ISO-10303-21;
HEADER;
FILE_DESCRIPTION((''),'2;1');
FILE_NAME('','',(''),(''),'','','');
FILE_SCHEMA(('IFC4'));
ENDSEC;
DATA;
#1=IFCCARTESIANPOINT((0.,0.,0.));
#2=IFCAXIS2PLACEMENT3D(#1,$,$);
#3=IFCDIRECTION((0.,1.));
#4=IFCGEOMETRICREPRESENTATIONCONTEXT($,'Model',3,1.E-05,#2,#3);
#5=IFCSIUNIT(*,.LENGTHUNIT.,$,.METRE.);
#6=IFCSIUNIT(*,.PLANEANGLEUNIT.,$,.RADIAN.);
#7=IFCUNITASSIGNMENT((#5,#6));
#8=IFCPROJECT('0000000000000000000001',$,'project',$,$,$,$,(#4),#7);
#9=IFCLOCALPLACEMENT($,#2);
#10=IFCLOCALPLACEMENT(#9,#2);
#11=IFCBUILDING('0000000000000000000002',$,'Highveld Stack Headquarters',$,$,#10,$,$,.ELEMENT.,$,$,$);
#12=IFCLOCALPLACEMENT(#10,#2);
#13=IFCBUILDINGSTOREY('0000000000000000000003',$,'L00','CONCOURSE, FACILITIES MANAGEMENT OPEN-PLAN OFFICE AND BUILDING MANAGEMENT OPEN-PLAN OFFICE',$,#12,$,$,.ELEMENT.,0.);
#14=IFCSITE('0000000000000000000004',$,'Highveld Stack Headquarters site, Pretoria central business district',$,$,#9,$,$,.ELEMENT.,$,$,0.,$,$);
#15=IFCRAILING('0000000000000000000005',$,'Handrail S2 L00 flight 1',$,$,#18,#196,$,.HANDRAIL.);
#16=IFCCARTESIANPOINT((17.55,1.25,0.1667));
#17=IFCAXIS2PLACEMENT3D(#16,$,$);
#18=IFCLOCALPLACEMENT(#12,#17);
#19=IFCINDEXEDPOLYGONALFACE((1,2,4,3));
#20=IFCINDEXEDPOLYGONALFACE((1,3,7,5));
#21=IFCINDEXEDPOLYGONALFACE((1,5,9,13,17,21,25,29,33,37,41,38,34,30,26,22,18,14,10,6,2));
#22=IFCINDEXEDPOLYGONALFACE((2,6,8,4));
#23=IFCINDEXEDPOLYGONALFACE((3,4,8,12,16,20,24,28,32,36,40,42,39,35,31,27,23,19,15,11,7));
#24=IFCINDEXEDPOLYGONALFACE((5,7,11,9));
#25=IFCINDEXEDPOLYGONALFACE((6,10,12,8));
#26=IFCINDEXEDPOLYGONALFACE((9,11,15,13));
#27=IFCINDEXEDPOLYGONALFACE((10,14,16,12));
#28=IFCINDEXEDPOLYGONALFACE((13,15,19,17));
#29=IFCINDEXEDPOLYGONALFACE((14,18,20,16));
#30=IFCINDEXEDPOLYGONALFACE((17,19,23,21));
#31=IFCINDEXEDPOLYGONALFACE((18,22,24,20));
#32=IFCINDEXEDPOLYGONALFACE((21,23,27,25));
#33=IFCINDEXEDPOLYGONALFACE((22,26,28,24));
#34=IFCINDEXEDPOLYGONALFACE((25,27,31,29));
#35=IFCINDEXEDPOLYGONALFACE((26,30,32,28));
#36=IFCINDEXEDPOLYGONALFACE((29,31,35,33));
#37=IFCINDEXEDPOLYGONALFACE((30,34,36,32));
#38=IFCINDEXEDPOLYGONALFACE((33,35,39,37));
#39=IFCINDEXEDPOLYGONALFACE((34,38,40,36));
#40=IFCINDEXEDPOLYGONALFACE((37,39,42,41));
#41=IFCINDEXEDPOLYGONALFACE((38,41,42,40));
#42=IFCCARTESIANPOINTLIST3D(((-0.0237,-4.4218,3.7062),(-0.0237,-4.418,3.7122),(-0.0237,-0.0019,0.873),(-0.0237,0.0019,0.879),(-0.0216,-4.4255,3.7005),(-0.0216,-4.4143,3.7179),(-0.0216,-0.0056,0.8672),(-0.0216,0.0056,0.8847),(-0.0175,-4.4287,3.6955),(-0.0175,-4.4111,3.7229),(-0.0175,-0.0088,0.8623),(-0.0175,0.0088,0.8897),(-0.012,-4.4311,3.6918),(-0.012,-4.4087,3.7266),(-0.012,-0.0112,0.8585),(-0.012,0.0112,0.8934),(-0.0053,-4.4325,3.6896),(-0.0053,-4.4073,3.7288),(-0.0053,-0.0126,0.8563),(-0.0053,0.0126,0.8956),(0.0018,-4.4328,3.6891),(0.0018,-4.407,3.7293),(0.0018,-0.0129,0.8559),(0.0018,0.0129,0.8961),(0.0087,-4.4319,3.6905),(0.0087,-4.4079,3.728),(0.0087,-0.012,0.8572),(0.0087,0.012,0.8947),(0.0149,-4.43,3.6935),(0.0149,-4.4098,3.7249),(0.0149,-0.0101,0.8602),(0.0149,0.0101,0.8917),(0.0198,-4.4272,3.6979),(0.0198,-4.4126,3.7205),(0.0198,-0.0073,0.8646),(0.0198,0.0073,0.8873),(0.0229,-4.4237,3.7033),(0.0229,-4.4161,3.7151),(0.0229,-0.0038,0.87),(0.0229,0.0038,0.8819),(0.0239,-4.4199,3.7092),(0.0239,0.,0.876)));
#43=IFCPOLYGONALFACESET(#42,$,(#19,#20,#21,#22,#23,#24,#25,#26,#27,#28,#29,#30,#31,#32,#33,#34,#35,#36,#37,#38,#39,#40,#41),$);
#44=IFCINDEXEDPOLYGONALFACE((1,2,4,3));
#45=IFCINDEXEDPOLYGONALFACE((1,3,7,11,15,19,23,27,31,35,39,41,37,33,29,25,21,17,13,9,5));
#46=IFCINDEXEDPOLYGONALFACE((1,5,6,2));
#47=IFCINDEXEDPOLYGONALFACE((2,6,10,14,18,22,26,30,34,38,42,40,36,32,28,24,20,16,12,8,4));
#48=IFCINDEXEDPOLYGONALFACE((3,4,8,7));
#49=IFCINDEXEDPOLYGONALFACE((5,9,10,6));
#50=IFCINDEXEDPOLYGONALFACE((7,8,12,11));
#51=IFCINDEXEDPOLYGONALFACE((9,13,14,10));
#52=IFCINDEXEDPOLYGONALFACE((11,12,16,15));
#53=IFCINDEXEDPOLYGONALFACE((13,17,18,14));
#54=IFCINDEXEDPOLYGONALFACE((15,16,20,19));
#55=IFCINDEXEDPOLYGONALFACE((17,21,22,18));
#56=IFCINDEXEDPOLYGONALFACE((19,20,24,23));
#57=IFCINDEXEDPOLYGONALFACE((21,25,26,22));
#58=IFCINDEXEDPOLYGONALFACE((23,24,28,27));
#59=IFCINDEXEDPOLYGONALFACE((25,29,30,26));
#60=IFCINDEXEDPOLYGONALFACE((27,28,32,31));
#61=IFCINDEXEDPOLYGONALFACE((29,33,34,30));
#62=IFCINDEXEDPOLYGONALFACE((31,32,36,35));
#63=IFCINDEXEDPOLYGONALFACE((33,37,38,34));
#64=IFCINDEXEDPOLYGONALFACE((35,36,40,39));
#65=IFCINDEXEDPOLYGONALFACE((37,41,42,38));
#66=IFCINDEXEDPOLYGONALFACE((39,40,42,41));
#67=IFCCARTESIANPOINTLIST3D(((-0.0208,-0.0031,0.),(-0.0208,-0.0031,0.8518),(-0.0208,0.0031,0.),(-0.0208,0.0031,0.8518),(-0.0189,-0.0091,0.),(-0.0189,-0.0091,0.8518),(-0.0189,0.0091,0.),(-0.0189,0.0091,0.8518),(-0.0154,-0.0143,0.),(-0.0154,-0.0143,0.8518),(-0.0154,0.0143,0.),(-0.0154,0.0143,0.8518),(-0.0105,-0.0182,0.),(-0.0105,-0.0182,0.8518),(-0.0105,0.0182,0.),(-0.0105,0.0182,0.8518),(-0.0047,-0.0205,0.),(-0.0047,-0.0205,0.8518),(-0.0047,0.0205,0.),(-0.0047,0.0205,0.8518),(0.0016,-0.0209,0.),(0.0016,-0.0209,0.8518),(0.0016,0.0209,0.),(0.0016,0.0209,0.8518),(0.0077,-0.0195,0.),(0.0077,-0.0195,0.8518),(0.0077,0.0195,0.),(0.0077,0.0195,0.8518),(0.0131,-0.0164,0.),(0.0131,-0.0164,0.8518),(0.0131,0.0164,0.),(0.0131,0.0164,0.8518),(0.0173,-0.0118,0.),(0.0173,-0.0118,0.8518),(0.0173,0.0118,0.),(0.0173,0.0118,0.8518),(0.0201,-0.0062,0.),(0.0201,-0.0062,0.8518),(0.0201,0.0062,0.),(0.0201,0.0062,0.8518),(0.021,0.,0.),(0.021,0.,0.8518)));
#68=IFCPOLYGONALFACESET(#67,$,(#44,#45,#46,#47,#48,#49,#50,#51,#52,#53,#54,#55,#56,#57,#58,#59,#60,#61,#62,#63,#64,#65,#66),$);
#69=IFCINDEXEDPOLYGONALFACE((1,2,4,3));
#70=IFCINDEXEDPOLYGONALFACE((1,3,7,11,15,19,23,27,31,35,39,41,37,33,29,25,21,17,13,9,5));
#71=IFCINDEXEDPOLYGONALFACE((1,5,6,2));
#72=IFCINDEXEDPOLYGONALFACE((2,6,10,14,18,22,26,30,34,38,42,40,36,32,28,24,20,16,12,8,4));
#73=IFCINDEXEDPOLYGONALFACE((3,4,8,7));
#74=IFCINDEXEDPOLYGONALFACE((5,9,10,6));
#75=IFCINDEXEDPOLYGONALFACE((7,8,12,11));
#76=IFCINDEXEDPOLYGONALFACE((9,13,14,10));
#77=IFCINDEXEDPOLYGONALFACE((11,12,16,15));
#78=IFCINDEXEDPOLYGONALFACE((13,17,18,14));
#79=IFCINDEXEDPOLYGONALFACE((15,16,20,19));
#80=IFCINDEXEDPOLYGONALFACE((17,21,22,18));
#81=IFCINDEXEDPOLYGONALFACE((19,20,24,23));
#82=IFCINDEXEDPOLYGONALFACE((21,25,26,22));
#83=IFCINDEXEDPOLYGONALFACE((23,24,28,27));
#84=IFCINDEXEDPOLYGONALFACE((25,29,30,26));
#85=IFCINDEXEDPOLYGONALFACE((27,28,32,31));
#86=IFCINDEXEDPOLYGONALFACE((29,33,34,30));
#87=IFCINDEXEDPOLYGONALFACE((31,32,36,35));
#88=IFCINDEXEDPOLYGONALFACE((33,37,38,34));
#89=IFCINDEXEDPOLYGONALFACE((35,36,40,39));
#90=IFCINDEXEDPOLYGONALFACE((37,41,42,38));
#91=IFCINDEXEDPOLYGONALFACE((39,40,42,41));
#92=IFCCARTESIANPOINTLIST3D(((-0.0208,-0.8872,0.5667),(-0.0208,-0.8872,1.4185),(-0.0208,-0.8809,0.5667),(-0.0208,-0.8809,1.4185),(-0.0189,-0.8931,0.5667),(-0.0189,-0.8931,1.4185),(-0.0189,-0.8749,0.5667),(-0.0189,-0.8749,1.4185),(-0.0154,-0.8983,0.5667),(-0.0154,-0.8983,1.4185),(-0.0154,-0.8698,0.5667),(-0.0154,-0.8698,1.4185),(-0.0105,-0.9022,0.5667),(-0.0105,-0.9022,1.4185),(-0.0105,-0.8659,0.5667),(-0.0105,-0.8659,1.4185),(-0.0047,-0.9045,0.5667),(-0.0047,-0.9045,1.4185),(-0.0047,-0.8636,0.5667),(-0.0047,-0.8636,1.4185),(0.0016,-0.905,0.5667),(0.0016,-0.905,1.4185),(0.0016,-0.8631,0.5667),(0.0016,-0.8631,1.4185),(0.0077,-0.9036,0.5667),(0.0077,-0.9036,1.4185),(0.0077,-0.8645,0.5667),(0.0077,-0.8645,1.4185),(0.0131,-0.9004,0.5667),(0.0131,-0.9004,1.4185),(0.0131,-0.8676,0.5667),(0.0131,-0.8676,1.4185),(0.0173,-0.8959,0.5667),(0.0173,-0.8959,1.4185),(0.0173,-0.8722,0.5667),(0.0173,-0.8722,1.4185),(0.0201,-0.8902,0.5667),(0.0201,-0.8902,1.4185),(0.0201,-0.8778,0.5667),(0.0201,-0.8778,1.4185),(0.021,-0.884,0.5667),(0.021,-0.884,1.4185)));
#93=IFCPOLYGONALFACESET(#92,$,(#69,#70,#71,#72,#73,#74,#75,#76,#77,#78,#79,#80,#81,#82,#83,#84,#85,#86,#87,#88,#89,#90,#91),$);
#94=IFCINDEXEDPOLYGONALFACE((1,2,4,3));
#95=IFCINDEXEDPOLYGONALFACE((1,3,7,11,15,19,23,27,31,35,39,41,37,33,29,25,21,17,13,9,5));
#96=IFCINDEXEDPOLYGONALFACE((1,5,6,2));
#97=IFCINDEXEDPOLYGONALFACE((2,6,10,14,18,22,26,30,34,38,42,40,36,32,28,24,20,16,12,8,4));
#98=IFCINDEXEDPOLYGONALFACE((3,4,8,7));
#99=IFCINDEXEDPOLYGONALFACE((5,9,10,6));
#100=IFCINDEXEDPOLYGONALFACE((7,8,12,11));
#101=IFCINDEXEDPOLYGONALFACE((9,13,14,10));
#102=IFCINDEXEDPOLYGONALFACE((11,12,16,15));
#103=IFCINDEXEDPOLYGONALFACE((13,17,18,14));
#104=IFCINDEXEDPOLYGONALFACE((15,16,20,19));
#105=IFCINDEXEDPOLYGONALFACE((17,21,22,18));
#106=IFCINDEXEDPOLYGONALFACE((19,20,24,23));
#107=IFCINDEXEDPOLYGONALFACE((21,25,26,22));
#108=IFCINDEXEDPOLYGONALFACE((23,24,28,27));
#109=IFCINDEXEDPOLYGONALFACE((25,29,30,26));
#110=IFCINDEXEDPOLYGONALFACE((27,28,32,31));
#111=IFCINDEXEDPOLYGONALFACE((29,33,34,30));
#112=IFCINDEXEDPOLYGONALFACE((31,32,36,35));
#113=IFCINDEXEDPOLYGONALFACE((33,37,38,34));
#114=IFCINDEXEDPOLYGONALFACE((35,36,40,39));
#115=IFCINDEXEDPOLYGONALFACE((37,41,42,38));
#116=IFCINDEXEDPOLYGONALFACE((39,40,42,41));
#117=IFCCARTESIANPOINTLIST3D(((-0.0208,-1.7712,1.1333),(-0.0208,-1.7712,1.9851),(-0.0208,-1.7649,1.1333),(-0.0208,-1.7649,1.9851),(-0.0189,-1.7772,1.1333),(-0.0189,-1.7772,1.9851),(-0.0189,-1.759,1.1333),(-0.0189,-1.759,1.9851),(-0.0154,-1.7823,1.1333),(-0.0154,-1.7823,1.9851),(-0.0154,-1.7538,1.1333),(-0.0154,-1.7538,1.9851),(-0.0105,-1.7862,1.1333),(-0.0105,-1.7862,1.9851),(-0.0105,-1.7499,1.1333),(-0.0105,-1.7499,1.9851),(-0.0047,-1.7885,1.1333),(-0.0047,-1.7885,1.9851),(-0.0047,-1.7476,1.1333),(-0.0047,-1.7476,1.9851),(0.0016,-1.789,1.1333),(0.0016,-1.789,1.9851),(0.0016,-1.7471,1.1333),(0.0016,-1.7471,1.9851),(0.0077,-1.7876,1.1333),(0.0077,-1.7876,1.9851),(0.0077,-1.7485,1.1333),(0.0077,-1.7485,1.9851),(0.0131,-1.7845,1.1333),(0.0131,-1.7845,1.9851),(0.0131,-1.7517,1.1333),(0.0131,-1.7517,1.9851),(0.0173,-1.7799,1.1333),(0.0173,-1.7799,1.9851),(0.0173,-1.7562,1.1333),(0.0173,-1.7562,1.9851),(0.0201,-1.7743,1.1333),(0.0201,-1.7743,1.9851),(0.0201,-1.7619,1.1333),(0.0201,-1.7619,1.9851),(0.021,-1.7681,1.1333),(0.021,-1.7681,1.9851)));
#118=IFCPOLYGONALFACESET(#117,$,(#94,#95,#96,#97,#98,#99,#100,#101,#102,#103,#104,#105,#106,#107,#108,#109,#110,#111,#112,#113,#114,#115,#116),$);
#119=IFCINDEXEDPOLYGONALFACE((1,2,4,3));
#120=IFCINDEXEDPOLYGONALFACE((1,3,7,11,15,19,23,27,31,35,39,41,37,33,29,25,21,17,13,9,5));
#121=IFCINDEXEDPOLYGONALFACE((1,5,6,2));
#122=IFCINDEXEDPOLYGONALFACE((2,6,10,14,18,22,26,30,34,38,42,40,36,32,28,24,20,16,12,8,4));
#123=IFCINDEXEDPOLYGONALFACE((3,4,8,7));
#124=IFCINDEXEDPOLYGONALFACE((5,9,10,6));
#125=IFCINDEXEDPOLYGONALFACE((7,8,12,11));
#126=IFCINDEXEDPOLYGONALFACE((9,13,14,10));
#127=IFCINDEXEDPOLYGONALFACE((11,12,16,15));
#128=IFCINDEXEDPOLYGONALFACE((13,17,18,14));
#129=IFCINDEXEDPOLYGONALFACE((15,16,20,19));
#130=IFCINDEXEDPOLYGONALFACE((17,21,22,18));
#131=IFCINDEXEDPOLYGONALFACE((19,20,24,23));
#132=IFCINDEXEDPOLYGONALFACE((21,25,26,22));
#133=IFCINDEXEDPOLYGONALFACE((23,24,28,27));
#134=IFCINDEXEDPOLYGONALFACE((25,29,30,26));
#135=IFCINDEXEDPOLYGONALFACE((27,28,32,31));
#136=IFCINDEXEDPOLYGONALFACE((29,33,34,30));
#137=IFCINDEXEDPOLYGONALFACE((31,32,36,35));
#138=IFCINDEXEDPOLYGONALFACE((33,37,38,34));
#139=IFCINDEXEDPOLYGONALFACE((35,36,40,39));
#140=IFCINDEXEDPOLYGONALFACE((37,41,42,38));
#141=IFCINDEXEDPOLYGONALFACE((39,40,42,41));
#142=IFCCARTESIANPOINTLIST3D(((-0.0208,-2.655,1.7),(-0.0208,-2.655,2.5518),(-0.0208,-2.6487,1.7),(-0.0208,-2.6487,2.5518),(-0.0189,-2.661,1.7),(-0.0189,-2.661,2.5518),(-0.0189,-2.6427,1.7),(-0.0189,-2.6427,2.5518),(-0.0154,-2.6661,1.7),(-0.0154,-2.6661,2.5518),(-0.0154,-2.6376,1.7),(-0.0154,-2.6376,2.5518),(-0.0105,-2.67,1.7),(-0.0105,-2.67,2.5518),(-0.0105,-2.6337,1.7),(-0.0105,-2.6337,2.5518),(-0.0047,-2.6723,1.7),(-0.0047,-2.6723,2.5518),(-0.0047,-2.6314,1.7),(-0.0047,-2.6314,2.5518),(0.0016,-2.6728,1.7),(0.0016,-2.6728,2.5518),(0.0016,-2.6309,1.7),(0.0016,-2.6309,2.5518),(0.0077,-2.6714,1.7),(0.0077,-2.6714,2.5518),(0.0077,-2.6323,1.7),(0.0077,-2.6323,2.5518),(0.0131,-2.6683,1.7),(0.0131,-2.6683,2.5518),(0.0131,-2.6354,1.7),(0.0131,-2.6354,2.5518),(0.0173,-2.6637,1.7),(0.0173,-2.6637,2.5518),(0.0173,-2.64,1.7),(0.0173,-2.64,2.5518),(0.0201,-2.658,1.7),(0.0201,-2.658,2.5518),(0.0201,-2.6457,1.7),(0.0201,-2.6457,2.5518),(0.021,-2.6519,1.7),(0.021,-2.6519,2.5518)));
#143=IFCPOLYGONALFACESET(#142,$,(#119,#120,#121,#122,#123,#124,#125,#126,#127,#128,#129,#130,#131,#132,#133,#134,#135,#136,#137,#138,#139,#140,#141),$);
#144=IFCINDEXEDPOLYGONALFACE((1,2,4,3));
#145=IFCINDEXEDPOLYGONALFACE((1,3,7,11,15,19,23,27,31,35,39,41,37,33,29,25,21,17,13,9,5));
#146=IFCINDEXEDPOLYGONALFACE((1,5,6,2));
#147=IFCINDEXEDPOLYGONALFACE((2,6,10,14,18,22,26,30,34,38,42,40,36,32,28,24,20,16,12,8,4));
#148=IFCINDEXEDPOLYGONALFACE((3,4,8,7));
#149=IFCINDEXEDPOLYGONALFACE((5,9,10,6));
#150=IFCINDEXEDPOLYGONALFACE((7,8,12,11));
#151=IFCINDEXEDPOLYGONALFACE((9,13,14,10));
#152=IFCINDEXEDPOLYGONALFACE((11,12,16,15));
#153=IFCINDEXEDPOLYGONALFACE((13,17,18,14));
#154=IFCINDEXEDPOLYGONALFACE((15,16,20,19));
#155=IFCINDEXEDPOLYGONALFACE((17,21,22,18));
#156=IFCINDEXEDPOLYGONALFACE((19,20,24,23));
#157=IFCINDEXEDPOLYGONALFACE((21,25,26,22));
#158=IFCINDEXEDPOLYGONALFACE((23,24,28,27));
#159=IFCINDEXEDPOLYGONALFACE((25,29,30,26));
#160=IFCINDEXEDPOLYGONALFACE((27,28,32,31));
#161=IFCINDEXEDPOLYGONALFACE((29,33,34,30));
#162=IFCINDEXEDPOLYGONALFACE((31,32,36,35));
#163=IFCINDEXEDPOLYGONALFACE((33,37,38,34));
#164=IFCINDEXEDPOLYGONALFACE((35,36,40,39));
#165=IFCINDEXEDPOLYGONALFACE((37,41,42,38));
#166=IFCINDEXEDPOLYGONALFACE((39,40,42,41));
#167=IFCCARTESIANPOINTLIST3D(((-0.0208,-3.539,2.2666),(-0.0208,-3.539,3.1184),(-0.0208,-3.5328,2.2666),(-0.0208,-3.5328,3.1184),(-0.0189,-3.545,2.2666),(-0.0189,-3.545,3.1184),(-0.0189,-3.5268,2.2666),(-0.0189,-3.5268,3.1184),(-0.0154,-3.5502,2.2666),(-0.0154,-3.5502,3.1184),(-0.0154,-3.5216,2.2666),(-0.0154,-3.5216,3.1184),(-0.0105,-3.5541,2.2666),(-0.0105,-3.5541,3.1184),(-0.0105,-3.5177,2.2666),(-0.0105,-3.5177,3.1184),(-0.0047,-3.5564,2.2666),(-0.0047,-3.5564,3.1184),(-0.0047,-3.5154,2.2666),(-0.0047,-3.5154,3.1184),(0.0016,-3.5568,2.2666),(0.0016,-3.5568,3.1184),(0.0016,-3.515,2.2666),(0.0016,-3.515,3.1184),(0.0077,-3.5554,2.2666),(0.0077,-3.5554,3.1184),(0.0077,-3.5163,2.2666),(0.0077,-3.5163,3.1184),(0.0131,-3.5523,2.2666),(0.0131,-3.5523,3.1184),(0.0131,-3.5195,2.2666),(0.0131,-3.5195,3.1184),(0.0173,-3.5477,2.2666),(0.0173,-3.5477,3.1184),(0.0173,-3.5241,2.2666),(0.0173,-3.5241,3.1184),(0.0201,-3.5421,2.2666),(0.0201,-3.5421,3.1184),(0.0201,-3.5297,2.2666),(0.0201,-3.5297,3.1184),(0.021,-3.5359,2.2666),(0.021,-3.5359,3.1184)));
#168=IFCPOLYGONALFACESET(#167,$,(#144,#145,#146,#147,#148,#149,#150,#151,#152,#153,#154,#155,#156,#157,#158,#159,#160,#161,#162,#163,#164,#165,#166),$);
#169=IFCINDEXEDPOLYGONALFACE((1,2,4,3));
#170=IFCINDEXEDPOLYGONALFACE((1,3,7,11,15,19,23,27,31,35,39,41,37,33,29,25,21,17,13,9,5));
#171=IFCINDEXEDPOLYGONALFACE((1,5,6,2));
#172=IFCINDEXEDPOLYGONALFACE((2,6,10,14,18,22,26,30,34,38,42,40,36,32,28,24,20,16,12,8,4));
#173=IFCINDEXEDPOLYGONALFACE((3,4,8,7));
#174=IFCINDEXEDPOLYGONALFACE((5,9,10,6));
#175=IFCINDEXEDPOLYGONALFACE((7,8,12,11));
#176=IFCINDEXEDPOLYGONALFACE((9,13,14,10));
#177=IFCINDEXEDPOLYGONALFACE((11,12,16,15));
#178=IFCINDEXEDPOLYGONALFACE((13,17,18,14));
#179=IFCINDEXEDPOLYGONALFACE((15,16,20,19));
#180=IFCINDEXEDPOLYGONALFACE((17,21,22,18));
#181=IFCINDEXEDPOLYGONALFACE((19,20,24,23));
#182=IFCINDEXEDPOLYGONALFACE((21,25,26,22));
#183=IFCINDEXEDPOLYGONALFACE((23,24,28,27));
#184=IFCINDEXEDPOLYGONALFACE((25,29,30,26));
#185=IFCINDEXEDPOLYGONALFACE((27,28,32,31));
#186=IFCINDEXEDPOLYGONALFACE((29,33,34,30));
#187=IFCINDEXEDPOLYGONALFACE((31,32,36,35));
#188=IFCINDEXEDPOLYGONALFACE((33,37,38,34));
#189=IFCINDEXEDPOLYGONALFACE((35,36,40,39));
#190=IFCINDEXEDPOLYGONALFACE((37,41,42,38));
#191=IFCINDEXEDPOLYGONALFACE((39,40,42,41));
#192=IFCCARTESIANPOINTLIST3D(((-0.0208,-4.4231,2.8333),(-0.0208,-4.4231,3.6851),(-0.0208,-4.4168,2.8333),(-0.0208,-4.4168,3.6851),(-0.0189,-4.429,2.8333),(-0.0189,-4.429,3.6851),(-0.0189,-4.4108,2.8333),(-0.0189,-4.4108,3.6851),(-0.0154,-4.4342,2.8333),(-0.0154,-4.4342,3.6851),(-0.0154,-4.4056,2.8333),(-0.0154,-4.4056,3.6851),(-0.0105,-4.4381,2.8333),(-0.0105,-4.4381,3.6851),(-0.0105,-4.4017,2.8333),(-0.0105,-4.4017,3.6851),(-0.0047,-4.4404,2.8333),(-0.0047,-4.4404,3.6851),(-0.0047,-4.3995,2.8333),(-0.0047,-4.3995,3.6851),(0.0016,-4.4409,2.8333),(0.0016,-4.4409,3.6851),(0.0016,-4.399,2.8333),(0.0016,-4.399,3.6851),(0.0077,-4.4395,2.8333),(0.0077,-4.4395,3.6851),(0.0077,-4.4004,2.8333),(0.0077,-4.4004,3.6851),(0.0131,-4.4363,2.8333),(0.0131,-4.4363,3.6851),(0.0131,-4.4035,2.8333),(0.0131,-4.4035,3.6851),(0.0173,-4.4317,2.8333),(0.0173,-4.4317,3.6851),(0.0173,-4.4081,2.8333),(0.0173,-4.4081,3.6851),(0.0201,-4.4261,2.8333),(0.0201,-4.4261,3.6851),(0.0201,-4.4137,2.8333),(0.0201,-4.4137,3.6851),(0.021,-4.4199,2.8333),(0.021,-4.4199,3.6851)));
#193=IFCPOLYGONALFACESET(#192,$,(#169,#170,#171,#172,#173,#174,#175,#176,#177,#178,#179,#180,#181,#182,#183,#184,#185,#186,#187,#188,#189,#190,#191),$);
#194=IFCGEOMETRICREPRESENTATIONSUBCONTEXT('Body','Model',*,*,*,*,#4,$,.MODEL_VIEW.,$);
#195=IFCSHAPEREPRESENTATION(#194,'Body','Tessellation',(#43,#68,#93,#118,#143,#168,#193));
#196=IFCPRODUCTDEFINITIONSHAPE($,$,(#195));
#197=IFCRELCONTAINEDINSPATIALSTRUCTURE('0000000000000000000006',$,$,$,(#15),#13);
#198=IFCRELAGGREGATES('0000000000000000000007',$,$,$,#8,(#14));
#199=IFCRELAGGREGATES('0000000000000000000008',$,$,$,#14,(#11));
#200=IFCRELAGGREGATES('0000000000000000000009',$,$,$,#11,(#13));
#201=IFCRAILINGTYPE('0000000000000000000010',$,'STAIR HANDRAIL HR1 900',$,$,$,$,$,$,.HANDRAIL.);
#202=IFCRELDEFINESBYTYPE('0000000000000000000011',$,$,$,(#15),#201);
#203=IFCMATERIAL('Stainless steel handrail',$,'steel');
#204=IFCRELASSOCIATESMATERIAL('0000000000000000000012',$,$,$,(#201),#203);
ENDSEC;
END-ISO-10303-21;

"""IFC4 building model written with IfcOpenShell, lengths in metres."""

from ifc_helpers import new_model, si_unit, direction, frame, origin, origin_2d, place, context, subcontext, project, spatial, circle, extrude, material, type_object, element, save


model = new_model("IFC4")

# Units and contexts
model_context = context("Model", 3, precision=1e-05, world=origin(), true_north=direction((0.0, 1.0)))
body_context = subcontext(model_context, "Body", "Model", "MODEL_VIEW")
ifc_project = project(units=[si_unit("LENGTHUNIT", "METRE"), si_unit("PLANEANGLEUNIT", "RADIAN")], contexts=[model_context])

# Site, building, storey
site_placement = place(None, origin())
site = spatial("IfcSite", under=ifc_project, at=site_placement, Name="Highveld Stack Headquarters site, Pretoria central business district", CompositionType="ELEMENT", RefElevation=0.0)
building_placement = place(site_placement, origin())
building = spatial("IfcBuilding", under=site, at=building_placement, Name="Highveld Stack Headquarters", CompositionType="ELEMENT")
storey_placement = place(building_placement, origin())
storey = spatial("IfcBuildingStorey", under=building, at=storey_placement, Name="L00", Description="CONCOURSE, FACILITIES MANAGEMENT OPEN-PLAN OFFICE AND BUILDING MANAGEMENT OPEN-PLAN OFFICE", CompositionType="ELEMENT", Elevation=0.0)

# Railing
ifc_material_1 = material(Name="Stainless steel handrail", Category="steel")
railing_type = type_object("IfcRailingType", Name="STAIR HANDRAIL HR1 900", PredefinedType="HANDRAIL", material=ifc_material_1)
for number, where, name in (
    (1, (17.55, 1.25, 0.1667), "Handrail S2 L00 flight 1"),
):
    element("IfcRailing", number, at=place(storey_placement, frame(where)), inside=storey, type_object=railing_type, Name=name, PredefinedType="HANDRAIL", context=body_context, shape_type="SweptSolid", body=[
        extrude(circle(Radius=0.0239, at=origin_2d()), frame((0.0, 0.0, 0.876), z_axis=(0.0, -0.841882, 0.539662), x_axis=(1.0, 0.0, 0.0)), (0.0, 0.0, 1.0), 5.25),
        extrude(circle(Radius=0.021, at=origin_2d()), origin(), (0.0, 0.0, 1.0), 0.8518),
        extrude(circle(Radius=0.021, at=origin_2d()), frame((0.0, -0.884, 0.5667)), (0.0, 0.0, 1.0), 0.8518),
        extrude(circle(Radius=0.021, at=origin_2d()), frame((0.0, -1.7681, 1.1333)), (0.0, 0.0, 1.0), 0.8518),
        extrude(circle(Radius=0.021, at=origin_2d()), frame((0.0, -2.6519, 1.7)), (0.0, 0.0, 1.0), 0.8518),
        extrude(circle(Radius=0.021, at=origin_2d()), frame((0.0, -3.5359, 2.2666)), (0.0, 0.0, 1.0), 0.8518),
        extrude(circle(Radius=0.021, at=origin_2d()), frame((0.0, -4.4199, 2.8333)), (0.0, 0.0, 1.0), 0.8518),
    ])

save(model, "model.ifc")
